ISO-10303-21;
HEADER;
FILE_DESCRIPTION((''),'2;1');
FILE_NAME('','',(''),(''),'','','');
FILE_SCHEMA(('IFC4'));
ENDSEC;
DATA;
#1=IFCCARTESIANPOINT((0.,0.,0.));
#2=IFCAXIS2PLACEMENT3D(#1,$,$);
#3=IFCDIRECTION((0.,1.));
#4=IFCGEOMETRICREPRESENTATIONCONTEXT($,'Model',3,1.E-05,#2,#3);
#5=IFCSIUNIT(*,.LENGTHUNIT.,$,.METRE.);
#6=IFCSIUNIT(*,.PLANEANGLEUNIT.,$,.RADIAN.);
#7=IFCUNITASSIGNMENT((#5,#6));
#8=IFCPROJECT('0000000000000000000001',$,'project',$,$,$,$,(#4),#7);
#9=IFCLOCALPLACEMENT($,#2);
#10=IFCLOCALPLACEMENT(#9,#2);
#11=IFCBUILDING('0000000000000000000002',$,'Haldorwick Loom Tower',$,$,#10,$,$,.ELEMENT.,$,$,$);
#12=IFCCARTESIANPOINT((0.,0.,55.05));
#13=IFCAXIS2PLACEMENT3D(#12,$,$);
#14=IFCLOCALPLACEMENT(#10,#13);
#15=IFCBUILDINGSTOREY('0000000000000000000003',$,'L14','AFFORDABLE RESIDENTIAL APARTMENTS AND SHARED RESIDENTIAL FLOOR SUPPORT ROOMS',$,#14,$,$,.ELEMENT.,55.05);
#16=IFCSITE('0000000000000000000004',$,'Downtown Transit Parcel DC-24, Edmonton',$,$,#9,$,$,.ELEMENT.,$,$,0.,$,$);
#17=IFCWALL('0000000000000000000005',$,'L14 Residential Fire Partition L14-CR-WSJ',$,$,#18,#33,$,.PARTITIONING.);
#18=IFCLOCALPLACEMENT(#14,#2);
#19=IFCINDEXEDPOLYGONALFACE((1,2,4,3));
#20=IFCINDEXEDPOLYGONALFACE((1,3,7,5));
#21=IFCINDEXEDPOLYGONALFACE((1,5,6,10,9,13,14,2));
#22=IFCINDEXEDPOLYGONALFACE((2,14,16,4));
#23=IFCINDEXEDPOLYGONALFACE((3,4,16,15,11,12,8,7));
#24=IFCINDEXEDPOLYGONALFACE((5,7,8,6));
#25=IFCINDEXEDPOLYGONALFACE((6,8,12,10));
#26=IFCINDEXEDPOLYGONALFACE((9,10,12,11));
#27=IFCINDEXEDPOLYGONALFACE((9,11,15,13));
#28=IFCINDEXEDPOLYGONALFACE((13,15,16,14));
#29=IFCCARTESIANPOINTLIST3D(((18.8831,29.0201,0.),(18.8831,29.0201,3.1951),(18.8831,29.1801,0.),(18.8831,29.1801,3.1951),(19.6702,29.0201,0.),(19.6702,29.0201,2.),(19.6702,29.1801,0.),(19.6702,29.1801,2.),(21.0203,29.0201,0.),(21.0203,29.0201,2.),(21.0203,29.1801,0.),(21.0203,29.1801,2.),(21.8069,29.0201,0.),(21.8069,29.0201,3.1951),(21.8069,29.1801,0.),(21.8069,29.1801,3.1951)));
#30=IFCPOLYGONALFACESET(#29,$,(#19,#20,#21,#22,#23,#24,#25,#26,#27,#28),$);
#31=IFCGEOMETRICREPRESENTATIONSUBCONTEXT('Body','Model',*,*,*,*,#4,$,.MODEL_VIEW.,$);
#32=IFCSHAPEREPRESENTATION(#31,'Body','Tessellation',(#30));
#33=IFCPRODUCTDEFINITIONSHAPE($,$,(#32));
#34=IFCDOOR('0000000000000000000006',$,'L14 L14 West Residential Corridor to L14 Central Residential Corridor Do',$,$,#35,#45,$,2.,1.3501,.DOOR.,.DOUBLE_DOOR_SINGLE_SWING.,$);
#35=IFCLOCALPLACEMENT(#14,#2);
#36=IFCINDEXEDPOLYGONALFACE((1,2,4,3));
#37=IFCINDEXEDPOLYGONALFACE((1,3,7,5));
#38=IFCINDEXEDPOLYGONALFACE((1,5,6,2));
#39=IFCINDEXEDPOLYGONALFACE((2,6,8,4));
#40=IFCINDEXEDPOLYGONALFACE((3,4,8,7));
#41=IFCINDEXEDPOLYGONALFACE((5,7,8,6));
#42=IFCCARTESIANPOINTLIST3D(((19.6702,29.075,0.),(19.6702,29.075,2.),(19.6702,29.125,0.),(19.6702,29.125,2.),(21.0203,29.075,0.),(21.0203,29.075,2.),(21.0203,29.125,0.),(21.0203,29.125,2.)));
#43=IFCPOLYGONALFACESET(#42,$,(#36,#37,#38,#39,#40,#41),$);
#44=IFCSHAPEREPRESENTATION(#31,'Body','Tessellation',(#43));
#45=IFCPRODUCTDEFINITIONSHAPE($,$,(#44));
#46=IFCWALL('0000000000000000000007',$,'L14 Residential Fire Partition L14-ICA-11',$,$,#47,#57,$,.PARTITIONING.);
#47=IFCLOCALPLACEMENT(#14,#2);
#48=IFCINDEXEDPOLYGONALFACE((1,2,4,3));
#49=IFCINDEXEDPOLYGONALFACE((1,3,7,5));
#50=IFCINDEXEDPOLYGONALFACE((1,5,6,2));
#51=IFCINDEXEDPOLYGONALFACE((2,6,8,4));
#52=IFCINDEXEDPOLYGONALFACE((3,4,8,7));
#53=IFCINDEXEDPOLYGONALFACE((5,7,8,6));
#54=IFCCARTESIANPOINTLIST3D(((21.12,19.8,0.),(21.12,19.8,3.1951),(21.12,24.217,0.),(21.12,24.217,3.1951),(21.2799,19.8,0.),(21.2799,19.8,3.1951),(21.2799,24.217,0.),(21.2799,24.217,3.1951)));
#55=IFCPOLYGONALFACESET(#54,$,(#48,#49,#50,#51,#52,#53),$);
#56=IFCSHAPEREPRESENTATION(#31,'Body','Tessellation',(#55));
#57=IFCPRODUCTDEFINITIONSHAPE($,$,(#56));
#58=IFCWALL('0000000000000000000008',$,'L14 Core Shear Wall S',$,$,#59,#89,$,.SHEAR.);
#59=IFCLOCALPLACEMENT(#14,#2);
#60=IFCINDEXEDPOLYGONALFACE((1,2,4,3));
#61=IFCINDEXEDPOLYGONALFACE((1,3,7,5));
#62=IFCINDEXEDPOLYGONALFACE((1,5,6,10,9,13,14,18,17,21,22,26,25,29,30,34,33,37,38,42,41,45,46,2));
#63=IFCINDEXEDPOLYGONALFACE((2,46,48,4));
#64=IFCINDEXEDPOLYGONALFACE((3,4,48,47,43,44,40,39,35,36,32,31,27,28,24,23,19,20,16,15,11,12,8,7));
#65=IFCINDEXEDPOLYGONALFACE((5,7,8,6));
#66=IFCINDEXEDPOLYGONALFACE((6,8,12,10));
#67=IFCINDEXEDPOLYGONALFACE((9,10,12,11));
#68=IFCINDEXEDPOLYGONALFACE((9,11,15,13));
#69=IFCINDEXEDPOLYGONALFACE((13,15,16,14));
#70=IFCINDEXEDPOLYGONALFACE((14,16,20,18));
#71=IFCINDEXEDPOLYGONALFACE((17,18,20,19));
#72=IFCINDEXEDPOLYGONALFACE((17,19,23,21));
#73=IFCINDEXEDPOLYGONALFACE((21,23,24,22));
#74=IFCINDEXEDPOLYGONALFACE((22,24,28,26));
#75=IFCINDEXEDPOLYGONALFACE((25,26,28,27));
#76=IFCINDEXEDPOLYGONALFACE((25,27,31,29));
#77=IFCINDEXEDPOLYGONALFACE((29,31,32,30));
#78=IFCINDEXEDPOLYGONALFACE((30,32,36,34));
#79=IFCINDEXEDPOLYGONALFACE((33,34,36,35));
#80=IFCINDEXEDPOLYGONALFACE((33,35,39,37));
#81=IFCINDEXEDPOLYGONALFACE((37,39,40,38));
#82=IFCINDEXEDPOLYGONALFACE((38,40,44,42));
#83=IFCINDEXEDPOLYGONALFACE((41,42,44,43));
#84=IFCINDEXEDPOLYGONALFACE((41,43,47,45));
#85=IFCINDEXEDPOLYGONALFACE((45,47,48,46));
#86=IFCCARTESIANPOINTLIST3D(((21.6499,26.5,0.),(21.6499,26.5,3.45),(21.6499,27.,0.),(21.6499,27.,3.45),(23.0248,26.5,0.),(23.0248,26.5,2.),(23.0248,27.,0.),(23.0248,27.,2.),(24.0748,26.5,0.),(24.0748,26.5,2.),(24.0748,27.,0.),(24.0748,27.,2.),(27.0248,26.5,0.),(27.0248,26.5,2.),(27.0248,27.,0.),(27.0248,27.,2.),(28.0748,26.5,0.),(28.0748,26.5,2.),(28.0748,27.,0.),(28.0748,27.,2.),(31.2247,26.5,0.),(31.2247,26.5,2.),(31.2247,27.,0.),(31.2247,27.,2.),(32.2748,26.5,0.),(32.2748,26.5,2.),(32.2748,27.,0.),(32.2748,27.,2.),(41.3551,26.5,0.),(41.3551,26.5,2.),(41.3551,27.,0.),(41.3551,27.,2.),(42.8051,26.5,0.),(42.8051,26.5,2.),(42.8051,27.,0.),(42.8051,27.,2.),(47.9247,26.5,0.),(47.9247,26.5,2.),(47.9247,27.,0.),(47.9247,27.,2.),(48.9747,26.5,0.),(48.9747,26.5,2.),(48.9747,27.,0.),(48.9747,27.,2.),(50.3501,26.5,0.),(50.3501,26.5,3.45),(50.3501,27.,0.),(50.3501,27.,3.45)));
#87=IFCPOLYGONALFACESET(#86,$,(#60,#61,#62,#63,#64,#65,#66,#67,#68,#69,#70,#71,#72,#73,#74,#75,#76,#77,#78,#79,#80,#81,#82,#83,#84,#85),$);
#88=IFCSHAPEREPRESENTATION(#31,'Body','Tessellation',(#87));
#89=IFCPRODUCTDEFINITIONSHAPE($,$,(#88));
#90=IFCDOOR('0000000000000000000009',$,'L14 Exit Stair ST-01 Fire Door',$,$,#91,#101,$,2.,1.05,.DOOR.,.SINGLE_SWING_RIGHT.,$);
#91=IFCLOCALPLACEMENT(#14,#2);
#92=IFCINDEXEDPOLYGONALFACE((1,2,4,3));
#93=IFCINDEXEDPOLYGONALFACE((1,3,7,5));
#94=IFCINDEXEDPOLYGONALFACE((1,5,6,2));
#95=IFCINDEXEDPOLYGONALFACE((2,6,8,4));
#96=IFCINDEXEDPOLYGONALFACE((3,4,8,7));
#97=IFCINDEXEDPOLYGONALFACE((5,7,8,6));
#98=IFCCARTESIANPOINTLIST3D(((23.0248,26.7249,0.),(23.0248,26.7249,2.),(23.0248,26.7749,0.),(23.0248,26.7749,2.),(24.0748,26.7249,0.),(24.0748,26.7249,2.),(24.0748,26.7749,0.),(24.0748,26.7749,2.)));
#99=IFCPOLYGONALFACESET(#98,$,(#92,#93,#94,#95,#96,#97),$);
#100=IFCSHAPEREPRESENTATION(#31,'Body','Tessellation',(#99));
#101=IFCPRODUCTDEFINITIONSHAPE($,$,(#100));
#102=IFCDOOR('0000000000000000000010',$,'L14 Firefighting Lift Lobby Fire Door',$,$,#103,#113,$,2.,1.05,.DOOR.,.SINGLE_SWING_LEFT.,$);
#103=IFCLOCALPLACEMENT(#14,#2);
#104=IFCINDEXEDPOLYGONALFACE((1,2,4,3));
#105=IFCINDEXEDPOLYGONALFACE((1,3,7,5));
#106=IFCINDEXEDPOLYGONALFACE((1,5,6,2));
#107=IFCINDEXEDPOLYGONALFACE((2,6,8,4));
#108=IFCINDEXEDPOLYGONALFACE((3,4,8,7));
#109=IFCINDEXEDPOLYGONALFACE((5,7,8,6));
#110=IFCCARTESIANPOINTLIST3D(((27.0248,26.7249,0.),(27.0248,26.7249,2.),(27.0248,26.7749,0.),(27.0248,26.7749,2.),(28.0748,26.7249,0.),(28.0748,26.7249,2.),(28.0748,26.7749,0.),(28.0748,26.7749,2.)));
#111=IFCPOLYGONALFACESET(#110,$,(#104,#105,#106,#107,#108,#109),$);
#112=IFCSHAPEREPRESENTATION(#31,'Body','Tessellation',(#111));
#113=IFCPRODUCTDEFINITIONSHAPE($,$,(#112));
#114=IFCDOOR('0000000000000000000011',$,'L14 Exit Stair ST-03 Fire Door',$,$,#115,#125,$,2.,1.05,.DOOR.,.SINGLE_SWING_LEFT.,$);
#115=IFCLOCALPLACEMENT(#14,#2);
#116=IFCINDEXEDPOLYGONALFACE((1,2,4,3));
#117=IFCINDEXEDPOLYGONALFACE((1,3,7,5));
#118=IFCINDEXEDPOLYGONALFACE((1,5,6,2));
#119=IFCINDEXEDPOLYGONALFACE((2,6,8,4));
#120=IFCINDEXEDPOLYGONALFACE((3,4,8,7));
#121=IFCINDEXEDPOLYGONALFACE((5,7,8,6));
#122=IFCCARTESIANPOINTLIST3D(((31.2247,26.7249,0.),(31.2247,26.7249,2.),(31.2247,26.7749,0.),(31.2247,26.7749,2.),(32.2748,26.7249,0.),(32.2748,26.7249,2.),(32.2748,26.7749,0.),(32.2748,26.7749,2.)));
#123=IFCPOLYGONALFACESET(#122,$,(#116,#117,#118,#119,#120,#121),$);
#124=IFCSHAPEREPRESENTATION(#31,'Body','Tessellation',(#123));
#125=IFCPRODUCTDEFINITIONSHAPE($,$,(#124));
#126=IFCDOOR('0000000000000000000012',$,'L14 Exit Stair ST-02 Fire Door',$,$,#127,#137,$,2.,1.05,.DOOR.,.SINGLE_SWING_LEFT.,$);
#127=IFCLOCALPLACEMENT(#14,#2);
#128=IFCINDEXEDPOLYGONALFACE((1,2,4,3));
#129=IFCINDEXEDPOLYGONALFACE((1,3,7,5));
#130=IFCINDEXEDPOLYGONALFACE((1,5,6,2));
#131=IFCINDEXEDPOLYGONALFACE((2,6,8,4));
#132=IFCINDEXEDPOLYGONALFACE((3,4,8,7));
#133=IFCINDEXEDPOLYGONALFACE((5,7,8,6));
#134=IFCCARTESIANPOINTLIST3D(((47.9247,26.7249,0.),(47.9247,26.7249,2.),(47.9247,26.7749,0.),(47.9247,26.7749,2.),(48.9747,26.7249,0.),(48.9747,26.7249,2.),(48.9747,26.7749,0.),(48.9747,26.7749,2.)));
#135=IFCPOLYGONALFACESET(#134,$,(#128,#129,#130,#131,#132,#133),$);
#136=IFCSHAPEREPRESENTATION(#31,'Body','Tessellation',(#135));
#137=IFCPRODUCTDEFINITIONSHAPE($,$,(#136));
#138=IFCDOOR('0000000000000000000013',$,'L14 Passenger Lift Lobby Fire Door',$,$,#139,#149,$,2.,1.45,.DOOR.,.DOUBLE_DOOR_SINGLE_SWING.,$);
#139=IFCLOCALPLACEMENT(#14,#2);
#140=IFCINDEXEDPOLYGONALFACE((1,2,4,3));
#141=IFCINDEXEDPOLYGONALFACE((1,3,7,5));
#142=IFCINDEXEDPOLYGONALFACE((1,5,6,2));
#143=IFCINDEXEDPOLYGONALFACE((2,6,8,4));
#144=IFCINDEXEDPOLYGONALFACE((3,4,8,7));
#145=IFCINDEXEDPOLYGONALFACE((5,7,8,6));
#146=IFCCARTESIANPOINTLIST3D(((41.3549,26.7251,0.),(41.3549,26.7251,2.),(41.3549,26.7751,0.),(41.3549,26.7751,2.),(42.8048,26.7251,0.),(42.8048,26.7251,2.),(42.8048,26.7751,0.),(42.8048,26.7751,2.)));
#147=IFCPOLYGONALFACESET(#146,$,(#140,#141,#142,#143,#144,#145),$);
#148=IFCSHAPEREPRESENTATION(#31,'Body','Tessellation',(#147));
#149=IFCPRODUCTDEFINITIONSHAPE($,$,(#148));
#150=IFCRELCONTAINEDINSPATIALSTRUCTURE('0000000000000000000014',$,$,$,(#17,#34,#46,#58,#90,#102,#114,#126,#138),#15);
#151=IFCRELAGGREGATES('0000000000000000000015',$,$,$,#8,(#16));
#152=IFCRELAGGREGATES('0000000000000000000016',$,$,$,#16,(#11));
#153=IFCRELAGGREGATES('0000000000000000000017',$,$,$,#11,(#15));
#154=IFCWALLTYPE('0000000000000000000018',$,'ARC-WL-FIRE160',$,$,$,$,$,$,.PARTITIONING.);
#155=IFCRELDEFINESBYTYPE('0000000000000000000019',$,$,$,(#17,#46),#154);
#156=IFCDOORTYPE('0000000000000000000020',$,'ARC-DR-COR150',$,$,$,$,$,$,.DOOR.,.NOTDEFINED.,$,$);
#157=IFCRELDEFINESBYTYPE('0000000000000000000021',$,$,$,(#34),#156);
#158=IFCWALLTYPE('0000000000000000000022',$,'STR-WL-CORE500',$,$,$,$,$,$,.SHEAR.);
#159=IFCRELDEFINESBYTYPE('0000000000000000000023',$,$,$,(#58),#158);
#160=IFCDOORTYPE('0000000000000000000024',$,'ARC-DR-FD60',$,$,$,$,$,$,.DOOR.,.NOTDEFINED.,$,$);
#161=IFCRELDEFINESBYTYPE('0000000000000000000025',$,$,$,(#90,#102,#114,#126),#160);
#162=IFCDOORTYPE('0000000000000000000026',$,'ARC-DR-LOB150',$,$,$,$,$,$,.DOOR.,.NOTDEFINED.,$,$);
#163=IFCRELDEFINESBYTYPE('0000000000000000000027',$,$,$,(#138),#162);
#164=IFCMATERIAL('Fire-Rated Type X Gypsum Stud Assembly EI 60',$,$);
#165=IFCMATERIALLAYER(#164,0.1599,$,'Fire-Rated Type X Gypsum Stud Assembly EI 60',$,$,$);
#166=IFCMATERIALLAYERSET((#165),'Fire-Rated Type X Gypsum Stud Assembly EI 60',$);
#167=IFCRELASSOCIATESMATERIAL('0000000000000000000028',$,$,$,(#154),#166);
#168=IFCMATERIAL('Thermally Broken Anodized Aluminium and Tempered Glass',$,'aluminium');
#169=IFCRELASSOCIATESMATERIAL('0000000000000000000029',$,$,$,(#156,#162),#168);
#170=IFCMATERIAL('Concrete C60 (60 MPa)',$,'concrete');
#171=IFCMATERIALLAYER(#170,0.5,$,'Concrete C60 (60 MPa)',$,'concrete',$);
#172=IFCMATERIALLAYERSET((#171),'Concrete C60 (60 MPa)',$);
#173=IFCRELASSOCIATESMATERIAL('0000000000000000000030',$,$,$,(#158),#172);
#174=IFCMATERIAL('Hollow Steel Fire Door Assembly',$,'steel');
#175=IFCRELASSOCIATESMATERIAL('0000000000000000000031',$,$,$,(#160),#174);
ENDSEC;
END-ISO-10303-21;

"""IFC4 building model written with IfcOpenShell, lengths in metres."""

from ifc_helpers import new_model, si_unit, direction, frame, frame_2d, origin, place, context, subcontext, project, spatial, rectangle, extrude, material, layer, layer_set, type_object, element, fill, save


model = new_model("IFC4")

# Units and contexts
model_context = context("Model", 3, precision=1e-05, world=origin(), true_north=direction((0.0, 1.0)))
body_context = subcontext(model_context, "Body", "Model", "MODEL_VIEW")
ifc_project = project(units=[si_unit("LENGTHUNIT", "METRE"), si_unit("PLANEANGLEUNIT", "RADIAN")], contexts=[model_context])

# Site, building, storey
site_placement = place(None, origin())
site = spatial("IfcSite", under=ifc_project, at=site_placement, Name="Downtown Transit Parcel DC-24, Edmonton", CompositionType="ELEMENT", RefElevation=0.0)
building_placement = place(site_placement, origin())
building = spatial("IfcBuilding", under=site, at=building_placement, Name="Haldorwick Loom Tower", CompositionType="ELEMENT")
storey_placement = place(building_placement, frame((0.0, 0.0, 55.05)))
storey = spatial("IfcBuildingStorey", under=building, at=storey_placement, Name="L14", Description="AFFORDABLE RESIDENTIAL APARTMENTS AND SHARED RESIDENTIAL FLOOR SUPPORT ROOMS", CompositionType="ELEMENT", Elevation=55.05)

# Shared definitions
ifc_material_1 = material(Name="Concrete C60 (60 MPa)", Category="concrete")

# Wall, opening, door
ifc_material_2 = material(Name="Fire-Rated Type X Gypsum Stud Assembly EI 60")
ifc_layer_1 = layer(ifc_material_2, 0.1599, Name="Fire-Rated Type X Gypsum Stud Assembly EI 60")
ifc_layer_set_1 = layer_set([ifc_layer_1], Name="Fire-Rated Type X Gypsum Stud Assembly EI 60")
wall_type_1 = type_object("IfcWallType", Name="ARC-WL-FIRE160", PredefinedType="PARTITIONING", material=ifc_layer_set_1)
wall_1_placement = place(storey_placement, frame((18.8831, 29.1001, 0.0), z_axis=(0.0, 0.0, 1.0), x_axis=(1.0, 0.0, 0.0)))
wall_1 = element("IfcWall", 1, at=wall_1_placement, inside=storey, type_object=wall_type_1, Name="L14 Residential Fire Partition L14-CR-WSJ", PredefinedType="PARTITIONING", context=body_context, shape_type="SweptSolid", body=[
    extrude(rectangle(XDim=2.9238, YDim=0.1599, at=frame_2d((1.4619, 0.0))), origin(), (0.0, 0.0, 1.0), 3.1951),
])
opening_1_placement = place(wall_1_placement, frame((0.7871, 0.0, 0.0)))
opening_1 = element("IfcOpeningElement", 2, at=opening_1_placement, cuts=wall_1, PredefinedType="OPENING", context=body_context, shape_type="SweptSolid", body=[
    extrude(rectangle(XDim=1.3501, YDim=2.0, at=frame_2d((0.675, 1.0))), frame((0.0, 0.0898, 0.0), z_axis=(0.0, -1.0, 0.0), x_axis=(1.0, 0.0, 0.0)), (0.0, 0.0, 1.0), 0.1799),
])
ifc_material_3 = material(Name="Thermally Broken Anodized Aluminium and Tempered Glass", Category="aluminium")
door_type_1 = type_object("IfcDoorType", Name="ARC-DR-COR150", OperationType="NOTDEFINED", PredefinedType="DOOR", material=ifc_material_3)
door_1_placement = place(opening_1_placement, origin())
door_1 = element("IfcDoor", 3, at=door_1_placement, inside=storey, type_object=door_type_1, Name="L14 L14 West Residential Corridor to L14 Central Residential Corridor Do", OperationType="DOUBLE_DOOR_SINGLE_SWING", OverallHeight=2.0, OverallWidth=1.3501, PredefinedType="DOOR", context=body_context, shape_type="SweptSolid", body=[
    extrude(rectangle(XDim=1.3501, YDim=2.0, at=frame_2d((0.675, 1.0))), frame((0.0, 0.0249, 0.0), z_axis=(0.0, -1.0, 0.0), x_axis=(1.0, 0.0, 0.0)), (0.0, 0.0, 1.0), 0.05),
])
fill(opening_1, door_1)

# Wall
wall_2_placement = place(storey_placement, frame((21.2, 24.217, 0.0), z_axis=(0.0, 0.0, 1.0), x_axis=(0.0, -1.0, 0.0)))
element("IfcWall", 4, at=wall_2_placement, inside=storey, type_object=wall_type_1, Name="L14 Residential Fire Partition L14-ICA-11", PredefinedType="PARTITIONING", context=body_context, shape_type="SweptSolid", body=[
    extrude(rectangle(XDim=4.417, YDim=0.1599, at=frame_2d((2.2085, 0.0))), origin(), (0.0, 0.0, 1.0), 3.1951),
])

# Wall, openings, doors
ifc_layer_2 = layer(ifc_material_1, 0.5, Name="Concrete C60 (60 MPa)", Category="concrete")
ifc_layer_set_2 = layer_set([ifc_layer_2], Name="Concrete C60 (60 MPa)")
wall_type_2 = type_object("IfcWallType", Name="STR-WL-CORE500", PredefinedType="SHEAR", material=ifc_layer_set_2)
wall_3_placement = place(storey_placement, frame((21.6499, 26.75, 0.0), z_axis=(0.0, 0.0, 1.0), x_axis=(1.0, 0.0, 0.0)))
wall_3 = element("IfcWall", 5, at=wall_3_placement, inside=storey, type_object=wall_type_2, Name="L14 Core Shear Wall S", PredefinedType="SHEAR", context=body_context, shape_type="SweptSolid", body=[
    extrude(rectangle(XDim=28.7002, YDim=0.5, at=frame_2d((14.3501, 0.0))), origin(), (0.0, 0.0, 1.0), 3.45),
])
opening_2_placement = place(wall_3_placement, frame((1.375, 0.0, 0.0)))
opening_2 = element("IfcOpeningElement", 6, at=opening_2_placement, cuts=wall_3, PredefinedType="OPENING", context=body_context, shape_type="SweptSolid", body=[
    extrude(rectangle(XDim=1.05, YDim=2.0, at=frame_2d((0.5249, 1.0))), frame((0.0, 0.26, 0.0), z_axis=(0.0, -1.0, 0.0), x_axis=(1.0, 0.0, 0.0)), (0.0, 0.0, 1.0), 0.52),
])
opening_3_placement = place(wall_3_placement, frame((5.375, 0.0, 0.0)))
opening_3 = element("IfcOpeningElement", 7, at=opening_3_placement, cuts=wall_3, PredefinedType="OPENING", context=body_context, shape_type="SweptSolid", body=[
    extrude(rectangle(XDim=1.05, YDim=2.0, at=frame_2d((0.5249, 1.0))), frame((0.0, 0.26, 0.0), z_axis=(0.0, -1.0, 0.0), x_axis=(1.0, 0.0, 0.0)), (0.0, 0.0, 1.0), 0.52),
])
opening_4_placement = place(wall_3_placement, frame((9.575, 0.0, 0.0)))
opening_4 = element("IfcOpeningElement", 8, at=opening_4_placement, cuts=wall_3, PredefinedType="OPENING", context=body_context, shape_type="SweptSolid", body=[
    extrude(rectangle(XDim=1.05, YDim=2.0, at=frame_2d((0.5249, 1.0))), frame((0.0, 0.26, 0.0), z_axis=(0.0, -1.0, 0.0), x_axis=(1.0, 0.0, 0.0)), (0.0, 0.0, 1.0), 0.52),
])
opening_5_placement = place(wall_3_placement, frame((19.7051, 0.0, 0.0)))
opening_5 = element("IfcOpeningElement", 9, at=opening_5_placement, cuts=wall_3, PredefinedType="OPENING", context=body_context, shape_type="SweptSolid", body=[
    extrude(rectangle(XDim=1.45, YDim=2.0, at=frame_2d((0.7251, 1.0))), frame((0.0, 0.26, 0.0), z_axis=(0.0, -1.0, 0.0), x_axis=(1.0, 0.0, 0.0)), (0.0, 0.0, 1.0), 0.52),
])
opening_6_placement = place(wall_3_placement, frame((26.2749, 0.0, 0.0)))
opening_6 = element("IfcOpeningElement", 10, at=opening_6_placement, cuts=wall_3, PredefinedType="OPENING", context=body_context, shape_type="SweptSolid", body=[
    extrude(rectangle(XDim=1.05, YDim=2.0, at=frame_2d((0.5249, 1.0))), frame((0.0, 0.26, 0.0), z_axis=(0.0, -1.0, 0.0), x_axis=(1.0, 0.0, 0.0)), (0.0, 0.0, 1.0), 0.52),
])
ifc_material_4 = material(Name="Hollow Steel Fire Door Assembly", Category="steel")
door_type_2 = type_object("IfcDoorType", Name="ARC-DR-FD60", OperationType="NOTDEFINED", PredefinedType="DOOR", material=ifc_material_4)
door_2_placement = place(opening_2_placement, origin())
door_2 = element("IfcDoor", 11, at=door_2_placement, inside=storey, type_object=door_type_2, Name="L14 Exit Stair ST-01 Fire Door", OperationType="SINGLE_SWING_RIGHT", OverallHeight=2.0, OverallWidth=1.05, PredefinedType="DOOR", context=body_context, shape_type="SweptSolid", body=[
    extrude(rectangle(XDim=1.05, YDim=2.0, at=frame_2d((0.5249, 1.0))), frame((0.0, 0.0249, 0.0), z_axis=(0.0, -1.0, 0.0), x_axis=(1.0, 0.0, 0.0)), (0.0, 0.0, 1.0), 0.05),
])
fill(opening_2, door_2)
door_3_placement = place(opening_3_placement, origin())
door_3 = element("IfcDoor", 12, at=door_3_placement, inside=storey, type_object=door_type_2, Name="L14 Firefighting Lift Lobby Fire Door", OperationType="SINGLE_SWING_LEFT", OverallHeight=2.0, OverallWidth=1.05, PredefinedType="DOOR", context=body_context, shape_type="SweptSolid", body=[
    extrude(rectangle(XDim=1.05, YDim=2.0, at=frame_2d((0.5249, 1.0))), frame((0.0, 0.0249, 0.0), z_axis=(0.0, -1.0, 0.0), x_axis=(1.0, 0.0, 0.0)), (0.0, 0.0, 1.0), 0.05),
])
fill(opening_3, door_3)
door_4_placement = place(opening_4_placement, origin())
door_4 = element("IfcDoor", 13, at=door_4_placement, inside=storey, type_object=door_type_2, Name="L14 Exit Stair ST-03 Fire Door", OperationType="SINGLE_SWING_LEFT", OverallHeight=2.0, OverallWidth=1.05, PredefinedType="DOOR", context=body_context, shape_type="SweptSolid", body=[
    extrude(rectangle(XDim=1.05, YDim=2.0, at=frame_2d((0.5249, 1.0))), frame((0.0, 0.0249, 0.0), z_axis=(0.0, -1.0, 0.0), x_axis=(1.0, 0.0, 0.0)), (0.0, 0.0, 1.0), 0.05),
])
fill(opening_4, door_4)
door_5_placement = place(opening_6_placement, origin())
door_5 = element("IfcDoor", 14, at=door_5_placement, inside=storey, type_object=door_type_2, Name="L14 Exit Stair ST-02 Fire Door", OperationType="SINGLE_SWING_LEFT", OverallHeight=2.0, OverallWidth=1.05, PredefinedType="DOOR", context=body_context, shape_type="SweptSolid", body=[
    extrude(rectangle(XDim=1.05, YDim=2.0, at=frame_2d((0.5249, 1.0))), frame((0.0, 0.0249, 0.0), z_axis=(0.0, -1.0, 0.0), x_axis=(1.0, 0.0, 0.0)), (0.0, 0.0, 1.0), 0.05),
])
fill(opening_6, door_5)
door_type_3 = type_object("IfcDoorType", Name="ARC-DR-LOB150", OperationType="NOTDEFINED", PredefinedType="DOOR", material=ifc_material_3)
door_6_placement = place(opening_5_placement, frame((1.45, 0.0, 0.0), z_axis=(0.0, 0.0, 1.0), x_axis=(-1.0, 0.0, 0.0)))
door_6 = element("IfcDoor", 15, at=door_6_placement, inside=storey, type_object=door_type_3, Name="L14 Passenger Lift Lobby Fire Door", OperationType="DOUBLE_DOOR_SINGLE_SWING", OverallHeight=2.0, OverallWidth=1.45, PredefinedType="DOOR", context=body_context, shape_type="SweptSolid", body=[
    extrude(rectangle(XDim=1.45, YDim=2.0, at=frame_2d((0.7251, 1.0))), frame((0.0, 0.0249, 0.0), z_axis=(0.0, -1.0, 0.0), x_axis=(1.0, 0.0, 0.0)), (0.0, 0.0, 1.0), 0.05),
])
fill(opening_5, door_6)

save(model, "model.ifc")
